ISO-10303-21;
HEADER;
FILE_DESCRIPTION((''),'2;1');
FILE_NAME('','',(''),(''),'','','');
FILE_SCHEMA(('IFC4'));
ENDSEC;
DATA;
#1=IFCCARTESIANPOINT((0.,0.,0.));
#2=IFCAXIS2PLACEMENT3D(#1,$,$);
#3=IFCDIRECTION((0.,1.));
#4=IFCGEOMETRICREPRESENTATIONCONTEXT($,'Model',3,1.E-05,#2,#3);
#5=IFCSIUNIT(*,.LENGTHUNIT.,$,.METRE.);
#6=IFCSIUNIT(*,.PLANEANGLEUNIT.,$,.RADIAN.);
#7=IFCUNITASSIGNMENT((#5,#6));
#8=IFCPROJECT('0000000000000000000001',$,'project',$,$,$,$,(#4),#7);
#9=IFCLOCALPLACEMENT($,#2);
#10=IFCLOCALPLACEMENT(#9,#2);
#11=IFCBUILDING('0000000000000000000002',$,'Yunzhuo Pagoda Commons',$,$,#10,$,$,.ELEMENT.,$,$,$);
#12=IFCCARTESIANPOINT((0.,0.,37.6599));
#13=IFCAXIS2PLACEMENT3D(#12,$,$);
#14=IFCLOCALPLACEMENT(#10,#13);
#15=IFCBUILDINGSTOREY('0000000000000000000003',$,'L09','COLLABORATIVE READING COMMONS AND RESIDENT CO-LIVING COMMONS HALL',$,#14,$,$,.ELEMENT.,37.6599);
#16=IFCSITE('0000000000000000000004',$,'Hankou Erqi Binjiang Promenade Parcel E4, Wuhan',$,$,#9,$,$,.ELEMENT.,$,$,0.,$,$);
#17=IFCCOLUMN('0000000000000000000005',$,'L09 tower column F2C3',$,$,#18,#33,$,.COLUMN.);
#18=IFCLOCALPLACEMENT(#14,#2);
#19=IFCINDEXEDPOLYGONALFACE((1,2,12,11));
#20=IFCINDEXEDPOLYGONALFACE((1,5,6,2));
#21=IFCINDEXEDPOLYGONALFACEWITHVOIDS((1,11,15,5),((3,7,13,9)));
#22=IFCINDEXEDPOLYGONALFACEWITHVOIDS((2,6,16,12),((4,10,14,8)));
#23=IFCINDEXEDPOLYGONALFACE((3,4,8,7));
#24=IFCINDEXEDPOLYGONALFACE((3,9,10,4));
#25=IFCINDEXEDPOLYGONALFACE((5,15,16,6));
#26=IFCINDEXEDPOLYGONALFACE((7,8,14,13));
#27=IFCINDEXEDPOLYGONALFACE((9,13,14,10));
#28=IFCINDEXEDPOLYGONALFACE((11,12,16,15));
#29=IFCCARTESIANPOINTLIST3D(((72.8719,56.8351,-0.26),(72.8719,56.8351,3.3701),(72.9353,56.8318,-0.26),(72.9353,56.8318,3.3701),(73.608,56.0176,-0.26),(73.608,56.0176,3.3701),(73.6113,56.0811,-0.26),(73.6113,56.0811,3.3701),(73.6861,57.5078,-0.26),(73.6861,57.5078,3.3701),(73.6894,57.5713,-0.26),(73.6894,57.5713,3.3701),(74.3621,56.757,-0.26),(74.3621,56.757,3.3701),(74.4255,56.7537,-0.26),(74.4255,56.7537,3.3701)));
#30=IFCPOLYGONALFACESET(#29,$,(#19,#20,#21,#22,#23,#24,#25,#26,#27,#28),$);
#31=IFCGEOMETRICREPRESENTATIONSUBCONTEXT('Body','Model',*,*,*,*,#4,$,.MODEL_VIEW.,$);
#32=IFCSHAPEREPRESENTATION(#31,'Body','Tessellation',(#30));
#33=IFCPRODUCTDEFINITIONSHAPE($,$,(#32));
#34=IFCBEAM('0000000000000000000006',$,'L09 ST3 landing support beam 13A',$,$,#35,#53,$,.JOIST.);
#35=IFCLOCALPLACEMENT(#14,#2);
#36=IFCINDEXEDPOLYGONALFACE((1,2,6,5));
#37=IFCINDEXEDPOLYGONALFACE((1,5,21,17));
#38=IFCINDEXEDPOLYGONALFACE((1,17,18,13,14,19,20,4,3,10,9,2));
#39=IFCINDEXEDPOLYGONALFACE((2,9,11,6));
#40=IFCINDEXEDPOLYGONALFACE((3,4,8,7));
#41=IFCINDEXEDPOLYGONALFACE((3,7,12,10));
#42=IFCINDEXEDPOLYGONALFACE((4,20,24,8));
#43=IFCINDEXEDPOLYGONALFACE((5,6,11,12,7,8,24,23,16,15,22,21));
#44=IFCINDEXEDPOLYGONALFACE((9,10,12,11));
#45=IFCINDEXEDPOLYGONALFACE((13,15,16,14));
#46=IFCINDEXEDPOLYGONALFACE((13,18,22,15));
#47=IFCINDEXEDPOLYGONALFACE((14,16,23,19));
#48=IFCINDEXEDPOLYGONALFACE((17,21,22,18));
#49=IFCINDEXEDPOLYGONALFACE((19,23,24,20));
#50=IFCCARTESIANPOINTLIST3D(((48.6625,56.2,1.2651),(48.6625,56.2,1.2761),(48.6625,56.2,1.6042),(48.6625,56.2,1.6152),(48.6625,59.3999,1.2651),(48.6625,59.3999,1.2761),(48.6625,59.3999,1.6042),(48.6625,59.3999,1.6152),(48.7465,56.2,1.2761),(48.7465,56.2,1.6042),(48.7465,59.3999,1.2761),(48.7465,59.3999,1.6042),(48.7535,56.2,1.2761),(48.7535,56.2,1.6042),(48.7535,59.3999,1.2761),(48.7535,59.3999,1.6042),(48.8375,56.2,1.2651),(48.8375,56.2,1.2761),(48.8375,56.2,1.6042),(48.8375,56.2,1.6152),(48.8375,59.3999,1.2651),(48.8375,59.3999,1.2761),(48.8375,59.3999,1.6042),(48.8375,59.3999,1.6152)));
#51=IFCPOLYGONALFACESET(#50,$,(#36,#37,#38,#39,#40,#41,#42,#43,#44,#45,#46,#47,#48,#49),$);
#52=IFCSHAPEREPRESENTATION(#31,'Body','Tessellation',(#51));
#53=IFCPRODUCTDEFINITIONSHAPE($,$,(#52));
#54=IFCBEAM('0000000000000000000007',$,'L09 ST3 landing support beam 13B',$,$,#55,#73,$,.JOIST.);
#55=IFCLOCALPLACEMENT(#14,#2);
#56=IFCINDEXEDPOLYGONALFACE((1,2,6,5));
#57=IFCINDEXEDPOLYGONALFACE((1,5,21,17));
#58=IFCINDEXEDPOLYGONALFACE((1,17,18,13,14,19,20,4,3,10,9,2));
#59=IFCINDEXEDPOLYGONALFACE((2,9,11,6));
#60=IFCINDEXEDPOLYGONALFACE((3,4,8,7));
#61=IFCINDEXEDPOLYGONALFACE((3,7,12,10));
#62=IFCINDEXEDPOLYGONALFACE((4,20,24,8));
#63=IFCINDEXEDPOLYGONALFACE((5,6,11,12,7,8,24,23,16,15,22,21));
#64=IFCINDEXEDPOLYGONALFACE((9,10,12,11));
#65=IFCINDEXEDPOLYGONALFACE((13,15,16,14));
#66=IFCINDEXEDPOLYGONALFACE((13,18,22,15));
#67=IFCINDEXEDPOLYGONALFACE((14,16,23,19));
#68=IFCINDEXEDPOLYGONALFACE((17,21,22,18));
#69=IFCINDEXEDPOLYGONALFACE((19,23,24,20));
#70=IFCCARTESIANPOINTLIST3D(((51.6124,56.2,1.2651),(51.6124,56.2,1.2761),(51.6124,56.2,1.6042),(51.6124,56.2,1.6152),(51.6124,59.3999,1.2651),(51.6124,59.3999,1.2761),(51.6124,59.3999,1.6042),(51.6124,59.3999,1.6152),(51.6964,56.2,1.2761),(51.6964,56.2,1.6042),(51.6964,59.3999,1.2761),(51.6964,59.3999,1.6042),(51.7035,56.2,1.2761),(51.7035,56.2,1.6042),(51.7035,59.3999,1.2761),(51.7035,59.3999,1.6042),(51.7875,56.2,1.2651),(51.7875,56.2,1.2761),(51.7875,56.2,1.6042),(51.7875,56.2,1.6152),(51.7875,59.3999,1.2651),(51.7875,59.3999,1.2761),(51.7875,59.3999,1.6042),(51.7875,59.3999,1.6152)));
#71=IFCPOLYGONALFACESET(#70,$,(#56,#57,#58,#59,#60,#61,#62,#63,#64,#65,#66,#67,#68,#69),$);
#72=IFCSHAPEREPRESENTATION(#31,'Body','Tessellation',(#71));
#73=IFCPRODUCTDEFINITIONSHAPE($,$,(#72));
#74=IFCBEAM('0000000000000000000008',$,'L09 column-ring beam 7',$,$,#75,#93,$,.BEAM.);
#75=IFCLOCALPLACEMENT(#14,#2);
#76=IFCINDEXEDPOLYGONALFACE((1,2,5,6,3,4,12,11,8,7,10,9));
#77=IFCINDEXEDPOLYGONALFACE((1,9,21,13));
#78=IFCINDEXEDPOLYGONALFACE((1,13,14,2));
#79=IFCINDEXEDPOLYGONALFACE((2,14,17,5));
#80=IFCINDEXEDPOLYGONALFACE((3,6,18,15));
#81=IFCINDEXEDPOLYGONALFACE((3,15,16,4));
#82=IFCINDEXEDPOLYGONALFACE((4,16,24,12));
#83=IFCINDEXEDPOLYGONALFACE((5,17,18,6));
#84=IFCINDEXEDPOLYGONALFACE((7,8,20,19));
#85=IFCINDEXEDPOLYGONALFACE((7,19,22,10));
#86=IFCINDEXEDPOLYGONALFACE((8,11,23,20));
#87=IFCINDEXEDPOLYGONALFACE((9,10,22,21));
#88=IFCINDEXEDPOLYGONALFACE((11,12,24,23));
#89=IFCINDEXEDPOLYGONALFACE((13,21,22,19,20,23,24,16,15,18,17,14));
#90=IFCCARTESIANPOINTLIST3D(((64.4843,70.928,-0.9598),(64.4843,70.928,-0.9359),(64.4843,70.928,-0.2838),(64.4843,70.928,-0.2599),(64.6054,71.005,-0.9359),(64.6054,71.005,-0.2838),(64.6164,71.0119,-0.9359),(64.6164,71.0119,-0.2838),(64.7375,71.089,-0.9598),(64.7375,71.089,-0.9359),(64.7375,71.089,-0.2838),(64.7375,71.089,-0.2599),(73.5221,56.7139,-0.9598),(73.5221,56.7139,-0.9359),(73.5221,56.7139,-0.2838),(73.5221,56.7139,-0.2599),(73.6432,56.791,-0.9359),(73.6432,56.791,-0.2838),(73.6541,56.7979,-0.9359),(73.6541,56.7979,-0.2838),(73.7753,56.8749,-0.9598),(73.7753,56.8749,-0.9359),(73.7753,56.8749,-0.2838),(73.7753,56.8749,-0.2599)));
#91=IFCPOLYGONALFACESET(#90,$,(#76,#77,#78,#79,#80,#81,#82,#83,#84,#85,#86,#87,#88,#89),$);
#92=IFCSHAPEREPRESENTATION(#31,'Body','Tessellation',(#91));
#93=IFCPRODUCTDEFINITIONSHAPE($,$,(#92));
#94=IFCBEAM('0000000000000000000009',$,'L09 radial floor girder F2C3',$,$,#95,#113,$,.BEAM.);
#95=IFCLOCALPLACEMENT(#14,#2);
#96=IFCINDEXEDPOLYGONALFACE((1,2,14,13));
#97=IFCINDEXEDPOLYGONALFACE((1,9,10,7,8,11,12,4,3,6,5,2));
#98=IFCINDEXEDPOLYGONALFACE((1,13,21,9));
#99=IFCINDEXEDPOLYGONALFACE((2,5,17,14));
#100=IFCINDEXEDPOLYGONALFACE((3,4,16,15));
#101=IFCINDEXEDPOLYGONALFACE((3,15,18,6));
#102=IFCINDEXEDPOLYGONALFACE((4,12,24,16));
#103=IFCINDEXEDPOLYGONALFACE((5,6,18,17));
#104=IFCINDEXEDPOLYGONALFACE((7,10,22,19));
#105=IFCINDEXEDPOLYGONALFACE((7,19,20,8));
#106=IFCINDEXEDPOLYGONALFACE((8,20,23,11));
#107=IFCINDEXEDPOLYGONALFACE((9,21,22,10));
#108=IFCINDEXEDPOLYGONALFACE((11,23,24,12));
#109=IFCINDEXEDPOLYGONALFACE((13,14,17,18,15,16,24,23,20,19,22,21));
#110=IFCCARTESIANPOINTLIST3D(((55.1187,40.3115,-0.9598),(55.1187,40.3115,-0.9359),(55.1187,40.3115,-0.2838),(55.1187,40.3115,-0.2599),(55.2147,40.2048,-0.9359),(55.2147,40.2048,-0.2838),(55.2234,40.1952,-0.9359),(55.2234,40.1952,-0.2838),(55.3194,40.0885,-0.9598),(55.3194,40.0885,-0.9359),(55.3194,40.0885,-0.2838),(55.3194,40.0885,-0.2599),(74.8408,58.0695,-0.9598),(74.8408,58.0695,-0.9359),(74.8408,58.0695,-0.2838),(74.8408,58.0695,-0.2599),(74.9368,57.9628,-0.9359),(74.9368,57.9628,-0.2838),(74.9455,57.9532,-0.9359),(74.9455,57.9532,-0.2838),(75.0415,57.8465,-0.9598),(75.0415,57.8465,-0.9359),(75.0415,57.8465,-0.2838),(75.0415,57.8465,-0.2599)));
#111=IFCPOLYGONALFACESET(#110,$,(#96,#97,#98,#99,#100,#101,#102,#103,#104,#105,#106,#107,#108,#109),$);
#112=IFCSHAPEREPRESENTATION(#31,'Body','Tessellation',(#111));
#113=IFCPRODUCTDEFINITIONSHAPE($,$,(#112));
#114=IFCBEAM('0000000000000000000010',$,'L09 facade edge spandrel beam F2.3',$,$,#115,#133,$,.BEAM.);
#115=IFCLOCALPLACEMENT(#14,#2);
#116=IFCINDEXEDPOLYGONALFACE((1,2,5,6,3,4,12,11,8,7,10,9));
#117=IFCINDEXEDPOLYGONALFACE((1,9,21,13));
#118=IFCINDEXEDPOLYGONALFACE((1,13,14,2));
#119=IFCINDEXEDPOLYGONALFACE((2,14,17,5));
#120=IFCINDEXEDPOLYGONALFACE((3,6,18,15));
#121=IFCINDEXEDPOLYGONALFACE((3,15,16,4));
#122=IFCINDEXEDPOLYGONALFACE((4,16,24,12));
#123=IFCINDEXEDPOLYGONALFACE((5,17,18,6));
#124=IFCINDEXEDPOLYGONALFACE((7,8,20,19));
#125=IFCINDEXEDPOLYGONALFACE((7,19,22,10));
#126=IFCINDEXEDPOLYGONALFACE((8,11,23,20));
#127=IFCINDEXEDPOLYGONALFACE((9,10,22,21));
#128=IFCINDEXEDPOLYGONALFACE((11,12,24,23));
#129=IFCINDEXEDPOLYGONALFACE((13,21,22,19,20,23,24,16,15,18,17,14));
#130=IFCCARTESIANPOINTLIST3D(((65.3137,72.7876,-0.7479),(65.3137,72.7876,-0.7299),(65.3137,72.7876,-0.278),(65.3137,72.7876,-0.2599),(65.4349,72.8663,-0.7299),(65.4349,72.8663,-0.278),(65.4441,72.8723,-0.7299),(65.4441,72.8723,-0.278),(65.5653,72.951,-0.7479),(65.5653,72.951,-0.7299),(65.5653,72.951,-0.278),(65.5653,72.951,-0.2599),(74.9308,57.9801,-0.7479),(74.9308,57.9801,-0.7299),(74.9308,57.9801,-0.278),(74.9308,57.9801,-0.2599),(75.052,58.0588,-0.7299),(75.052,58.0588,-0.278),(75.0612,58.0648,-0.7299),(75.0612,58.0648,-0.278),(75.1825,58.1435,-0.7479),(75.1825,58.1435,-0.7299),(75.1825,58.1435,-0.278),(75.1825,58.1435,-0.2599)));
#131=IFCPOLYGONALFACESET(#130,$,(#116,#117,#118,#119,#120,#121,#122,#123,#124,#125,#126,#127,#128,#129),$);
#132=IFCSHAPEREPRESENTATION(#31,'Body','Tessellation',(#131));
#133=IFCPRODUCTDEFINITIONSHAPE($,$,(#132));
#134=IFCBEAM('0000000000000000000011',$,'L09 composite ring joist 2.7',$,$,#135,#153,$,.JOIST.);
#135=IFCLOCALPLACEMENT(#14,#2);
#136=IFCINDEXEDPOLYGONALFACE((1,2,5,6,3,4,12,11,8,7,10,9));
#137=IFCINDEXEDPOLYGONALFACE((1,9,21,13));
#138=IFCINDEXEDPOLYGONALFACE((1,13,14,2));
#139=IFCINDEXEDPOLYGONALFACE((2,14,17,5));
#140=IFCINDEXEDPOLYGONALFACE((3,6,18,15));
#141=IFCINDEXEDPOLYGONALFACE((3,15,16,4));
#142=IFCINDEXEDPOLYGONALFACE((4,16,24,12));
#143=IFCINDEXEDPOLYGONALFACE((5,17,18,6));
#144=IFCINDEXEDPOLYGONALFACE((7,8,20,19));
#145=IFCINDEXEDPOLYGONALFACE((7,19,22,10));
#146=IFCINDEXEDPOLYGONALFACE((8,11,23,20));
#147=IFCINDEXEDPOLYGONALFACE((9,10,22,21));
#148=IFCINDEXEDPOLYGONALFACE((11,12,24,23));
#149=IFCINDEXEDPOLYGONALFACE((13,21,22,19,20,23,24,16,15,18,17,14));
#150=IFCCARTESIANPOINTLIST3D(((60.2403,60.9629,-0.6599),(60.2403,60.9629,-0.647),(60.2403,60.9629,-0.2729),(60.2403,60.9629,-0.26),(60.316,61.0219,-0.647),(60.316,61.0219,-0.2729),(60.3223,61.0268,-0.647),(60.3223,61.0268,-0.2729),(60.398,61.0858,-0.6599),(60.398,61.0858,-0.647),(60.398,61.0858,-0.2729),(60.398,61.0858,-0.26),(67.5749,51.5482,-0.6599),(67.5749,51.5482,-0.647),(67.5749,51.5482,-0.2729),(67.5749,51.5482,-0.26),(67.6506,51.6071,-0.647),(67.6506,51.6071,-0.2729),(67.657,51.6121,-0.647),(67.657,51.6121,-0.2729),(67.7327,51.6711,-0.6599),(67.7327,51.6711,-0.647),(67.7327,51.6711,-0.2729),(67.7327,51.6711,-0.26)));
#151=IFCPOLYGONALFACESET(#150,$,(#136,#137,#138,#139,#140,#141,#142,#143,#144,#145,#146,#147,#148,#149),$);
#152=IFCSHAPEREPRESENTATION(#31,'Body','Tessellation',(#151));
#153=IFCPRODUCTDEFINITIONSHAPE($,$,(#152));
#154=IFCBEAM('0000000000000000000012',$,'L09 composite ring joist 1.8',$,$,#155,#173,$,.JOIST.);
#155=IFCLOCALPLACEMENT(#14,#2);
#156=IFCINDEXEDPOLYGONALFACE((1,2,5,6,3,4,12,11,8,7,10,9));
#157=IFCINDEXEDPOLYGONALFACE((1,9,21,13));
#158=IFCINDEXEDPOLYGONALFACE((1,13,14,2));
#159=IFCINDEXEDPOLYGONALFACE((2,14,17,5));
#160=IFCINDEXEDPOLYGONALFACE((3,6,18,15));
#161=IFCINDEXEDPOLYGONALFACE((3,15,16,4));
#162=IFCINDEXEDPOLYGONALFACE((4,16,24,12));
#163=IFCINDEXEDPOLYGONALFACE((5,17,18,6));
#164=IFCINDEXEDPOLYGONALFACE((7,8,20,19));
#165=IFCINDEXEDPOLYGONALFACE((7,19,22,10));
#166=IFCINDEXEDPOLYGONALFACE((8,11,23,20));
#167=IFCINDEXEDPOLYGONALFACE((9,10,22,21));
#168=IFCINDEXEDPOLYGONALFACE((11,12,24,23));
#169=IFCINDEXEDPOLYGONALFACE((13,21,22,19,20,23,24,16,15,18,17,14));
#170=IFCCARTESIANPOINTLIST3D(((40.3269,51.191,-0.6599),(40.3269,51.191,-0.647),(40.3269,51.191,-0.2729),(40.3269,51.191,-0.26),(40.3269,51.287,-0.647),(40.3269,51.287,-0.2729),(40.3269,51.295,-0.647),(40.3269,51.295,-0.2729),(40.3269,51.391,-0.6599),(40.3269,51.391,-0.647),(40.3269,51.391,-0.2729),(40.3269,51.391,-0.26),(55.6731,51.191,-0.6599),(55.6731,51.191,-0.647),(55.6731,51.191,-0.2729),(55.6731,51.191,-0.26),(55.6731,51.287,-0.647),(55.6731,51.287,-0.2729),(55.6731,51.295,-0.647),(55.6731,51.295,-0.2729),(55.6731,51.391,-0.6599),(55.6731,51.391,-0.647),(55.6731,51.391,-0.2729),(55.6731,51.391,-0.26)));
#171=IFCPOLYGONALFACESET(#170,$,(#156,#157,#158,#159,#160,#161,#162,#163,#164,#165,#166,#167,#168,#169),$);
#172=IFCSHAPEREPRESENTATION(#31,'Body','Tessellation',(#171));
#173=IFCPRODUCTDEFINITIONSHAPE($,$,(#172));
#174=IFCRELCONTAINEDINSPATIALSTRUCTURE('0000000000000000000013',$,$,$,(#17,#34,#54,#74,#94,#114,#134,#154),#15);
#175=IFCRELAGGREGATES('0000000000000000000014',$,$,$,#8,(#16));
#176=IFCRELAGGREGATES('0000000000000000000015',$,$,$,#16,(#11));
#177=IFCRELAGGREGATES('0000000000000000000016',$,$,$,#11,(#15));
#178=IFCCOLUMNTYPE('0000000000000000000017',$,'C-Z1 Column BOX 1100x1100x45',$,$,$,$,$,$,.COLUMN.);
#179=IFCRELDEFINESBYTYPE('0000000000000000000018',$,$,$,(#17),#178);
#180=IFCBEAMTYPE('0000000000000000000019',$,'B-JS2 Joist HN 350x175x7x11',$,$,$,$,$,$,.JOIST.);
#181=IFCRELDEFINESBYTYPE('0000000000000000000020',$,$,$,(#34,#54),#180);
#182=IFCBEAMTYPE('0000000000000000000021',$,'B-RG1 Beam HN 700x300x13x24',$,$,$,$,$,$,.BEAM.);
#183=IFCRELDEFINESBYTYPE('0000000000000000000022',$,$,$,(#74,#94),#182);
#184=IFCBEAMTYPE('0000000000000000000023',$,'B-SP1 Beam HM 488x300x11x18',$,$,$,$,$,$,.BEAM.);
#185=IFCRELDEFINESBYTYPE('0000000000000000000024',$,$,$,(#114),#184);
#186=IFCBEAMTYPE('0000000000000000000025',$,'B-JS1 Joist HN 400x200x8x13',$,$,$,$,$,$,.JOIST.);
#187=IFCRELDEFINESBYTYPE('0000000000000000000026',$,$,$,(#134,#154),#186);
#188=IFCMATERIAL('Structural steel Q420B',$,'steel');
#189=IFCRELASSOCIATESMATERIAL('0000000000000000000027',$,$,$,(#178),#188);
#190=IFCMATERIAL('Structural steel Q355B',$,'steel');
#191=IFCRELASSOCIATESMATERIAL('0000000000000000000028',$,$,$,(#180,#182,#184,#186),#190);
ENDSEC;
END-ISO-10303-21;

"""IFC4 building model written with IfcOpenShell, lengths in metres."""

from ifc_helpers import new_model, si_unit, direction, frame, origin, origin_2d, place, context, subcontext, project, spatial, hollow_rectangle, i_section, extrude, source, transform, mapped, material, material_profile, profile_set, type_object, element, save


model = new_model("IFC4")

# Units and contexts
model_context = context("Model", 3, precision=1e-05, world=origin(), true_north=direction((0.0, 1.0)))
body_context = subcontext(model_context, "Body", "Model", "MODEL_VIEW")
ifc_project = project(units=[si_unit("LENGTHUNIT", "METRE"), si_unit("PLANEANGLEUNIT", "RADIAN")], contexts=[model_context])

# Site, building, storey
site_placement = place(None, origin())
site = spatial("IfcSite", under=ifc_project, at=site_placement, Name="Hankou Erqi Binjiang Promenade Parcel E4, Wuhan", CompositionType="ELEMENT", RefElevation=0.0)
building_placement = place(site_placement, origin())
building = spatial("IfcBuilding", under=site, at=building_placement, Name="Yunzhuo Pagoda Commons", CompositionType="ELEMENT")
storey_placement = place(building_placement, frame((0.0, 0.0, 37.6599)))
storey = spatial("IfcBuildingStorey", under=building, at=storey_placement, Name="L09", Description="COLLABORATIVE READING COMMONS AND RESIDENT CO-LIVING COMMONS HALL", CompositionType="ELEMENT", Elevation=37.6599)

# Column
ifc_material_1 = material(Name="Structural steel Q420B", Category="steel")
ifc_material_profile_1 = material_profile(ifc_material_1, hollow_rectangle(XDim=1.1001, YDim=1.1001, WallThickness=0.0449, at=origin_2d()), Name="Structural steel Q420B")
ifc_profile_set_1 = profile_set([ifc_material_profile_1], Name="Structural steel Q420B")
column_type = type_object("IfcColumnType", Name="C-Z1 Column BOX 1100x1100x45", PredefinedType="COLUMN", material=ifc_profile_set_1)
shared_shape_1 = source(origin(), body_context, "Body", "SweptSolid", [
    extrude(hollow_rectangle(XDim=1.1001, YDim=1.1001, WallThickness=0.0449, at=origin_2d()), origin(), (0.0, 0.0, 1.0), 3.6301),
])
column_placement = place(storey_placement, frame((73.6487, 56.7944, -0.26), z_axis=(0.0, 0.0, 1.0), x_axis=(-0.669131, 0.743145, 0.0)))
element("IfcColumn", 1, at=column_placement, inside=storey, type_object=column_type, Name="L09 tower column F2C3", PredefinedType="COLUMN", context=body_context, shape_type="MappedRepresentation", body=[
    mapped(shared_shape_1, transform((0.0, 0.0, 0.0), scale=1.0)),
])

# Beams
ifc_material_2 = material(Name="Structural steel Q355B", Category="steel")
ifc_material_profile_2 = material_profile(ifc_material_2, i_section(OverallWidth=0.175, OverallDepth=0.3501, WebThickness=0.0071, FlangeThickness=0.011, at=origin_2d()), Name="Structural steel Q355B")
ifc_profile_set_2 = profile_set([ifc_material_profile_2], Name="Structural steel Q355B")
beam_type_1 = type_object("IfcBeamType", Name="B-JS2 Joist HN 350x175x7x11", PredefinedType="JOIST", material=ifc_profile_set_2)
shared_shape_2 = source(origin(), body_context, "Body", "SweptSolid", [
    extrude(i_section(OverallWidth=0.175, OverallDepth=0.3501, WebThickness=0.0071, FlangeThickness=0.011, at=origin_2d()), origin(), (0.0, 0.0, 1.0), 3.2),
])
for number, where, z_axis, x_axis, name in (
    (2, (48.75, 56.2, 1.4402), (0.0, 1.0, 0.0), (-1.0, 0.0, 0.0), "L09 ST3 landing support beam 13A"),
    (3, (51.7, 56.2, 1.4402), (0.0, 1.0, 0.0), (-1.0, 0.0, 0.0), "L09 ST3 landing support beam 13B"),
):
    element("IfcBeam", number, at=place(storey_placement, frame(where, z_axis=z_axis, x_axis=x_axis)), inside=storey, type_object=beam_type_1, Name=name, PredefinedType="JOIST", context=body_context, shape_type="MappedRepresentation", body=[
        mapped(shared_shape_2, transform((0.0, 0.0, 0.0), scale=1.0)),
    ])
ifc_material_profile_3 = material_profile(ifc_material_2, i_section(OverallWidth=0.3, OverallDepth=0.7, WebThickness=0.0129, FlangeThickness=0.0239, at=origin_2d()), Name="Structural steel Q355B")
ifc_profile_set_3 = profile_set([ifc_material_profile_3], Name="Structural steel Q355B")
beam_type_2 = type_object("IfcBeamType", Name="B-RG1 Beam HN 700x300x13x24", PredefinedType="BEAM", material=ifc_profile_set_3)
shared_shape_3 = source(origin(), body_context, "Body", "SweptSolid", [
    extrude(i_section(OverallWidth=0.3, OverallDepth=0.7, WebThickness=0.0129, FlangeThickness=0.0239, at=origin_2d()), origin(), (0.0, 0.0, 1.0), 16.844),
])
beam_1_placement = place(storey_placement, frame((73.6487, 56.7944, -0.6099), z_axis=(-0.536558, 0.843863, 0.0), x_axis=(-0.843863, -0.536558, 0.0)))
element("IfcBeam", 4, at=beam_1_placement, inside=storey, type_object=beam_type_2, Name="L09 column-ring beam 7", PredefinedType="BEAM", context=body_context, shape_type="MappedRepresentation", body=[
    mapped(shared_shape_3, transform((0.0, 0.0, 0.0), scale=1.0)),
])
shared_shape_4 = source(origin(), body_context, "Body", "SweptSolid", [
    extrude(i_section(OverallWidth=0.3, OverallDepth=0.7, WebThickness=0.0129, FlangeThickness=0.0239, at=origin_2d()), origin(), (0.0, 0.0, 1.0), 26.5388),
])
beam_2_placement = place(storey_placement, frame((74.9412, 57.958, -0.6099), z_axis=(-0.743142, -0.669133, 0.0), x_axis=(0.669133, -0.743142, 0.0)))
element("IfcBeam", 5, at=beam_2_placement, inside=storey, type_object=beam_type_2, Name="L09 radial floor girder F2C3", PredefinedType="BEAM", context=body_context, shape_type="MappedRepresentation", body=[
    mapped(shared_shape_4, transform((0.0, 0.0, 0.0), scale=1.0)),
])
ifc_material_profile_4 = material_profile(ifc_material_2, i_section(OverallWidth=0.3, OverallDepth=0.488, WebThickness=0.011, FlangeThickness=0.0181, at=origin_2d()), Name="Structural steel Q355B")
ifc_profile_set_4 = profile_set([ifc_material_profile_4], Name="Structural steel Q355B")
beam_type_3 = type_object("IfcBeamType", Name="B-SP1 Beam HM 488x300x11x18", PredefinedType="BEAM", material=ifc_profile_set_4)
shared_shape_5 = source(origin(), body_context, "Body", "SweptSolid", [
    extrude(i_section(OverallWidth=0.3, OverallDepth=0.488, WebThickness=0.011, FlangeThickness=0.0181, at=origin_2d()), origin(), (0.0, 0.0, 1.0), 17.6565),
])
beam_3_placement = place(storey_placement, frame((75.0566, 58.0618, -0.5039), z_axis=(-0.544679, 0.838644, 0.0), x_axis=(-0.838644, -0.544679, 0.0)))
element("IfcBeam", 6, at=beam_3_placement, inside=storey, type_object=beam_type_3, Name="L09 facade edge spandrel beam F2.3", PredefinedType="BEAM", context=body_context, shape_type="MappedRepresentation", body=[
    mapped(shared_shape_5, transform((0.0, 0.0, 0.0), scale=1.0)),
])
ifc_material_profile_5 = material_profile(ifc_material_2, i_section(OverallWidth=0.2, OverallDepth=0.3999, WebThickness=0.0081, FlangeThickness=0.0129, at=origin_2d()), Name="Structural steel Q355B")
ifc_profile_set_5 = profile_set([ifc_material_profile_5], Name="Structural steel Q355B")
beam_type_4 = type_object("IfcBeamType", Name="B-JS1 Joist HN 400x200x8x13", PredefinedType="JOIST", material=ifc_profile_set_5)
shared_shape_6 = source(origin(), body_context, "Body", "SweptSolid", [
    extrude(i_section(OverallWidth=0.2, OverallDepth=0.3999, WebThickness=0.0081, FlangeThickness=0.0129, at=origin_2d()), origin(), (0.0, 0.0, 1.0), 11.9346),
])
beam_4_placement = place(storey_placement, frame((67.6538, 51.6096, -0.46), z_axis=(-0.614572, 0.788861, 0.0), x_axis=(-0.788861, -0.614572, 0.0)))
element("IfcBeam", 7, at=beam_4_placement, inside=storey, type_object=beam_type_4, Name="L09 composite ring joist 2.7", PredefinedType="JOIST", context=body_context, shape_type="MappedRepresentation", body=[
    mapped(shared_shape_6, transform((0.0, 0.0, 0.0), scale=1.0)),
])
shared_shape_7 = source(origin(), body_context, "Body", "SweptSolid", [
    extrude(i_section(OverallWidth=0.2, OverallDepth=0.3999, WebThickness=0.0081, FlangeThickness=0.0129, at=origin_2d()), origin(), (0.0, 0.0, 1.0), 15.3462),
])
beam_5_placement = place(storey_placement, frame((55.6731, 51.291, -0.46), z_axis=(-1.0, 0.0, 0.0), x_axis=(0.0, -1.0, 0.0)))
element("IfcBeam", 8, at=beam_5_placement, inside=storey, type_object=beam_type_4, Name="L09 composite ring joist 1.8", PredefinedType="JOIST", context=body_context, shape_type="MappedRepresentation", body=[
    mapped(shared_shape_7, transform((0.0, 0.0, 0.0), scale=1.0)),
])

save(model, "model.ifc")
